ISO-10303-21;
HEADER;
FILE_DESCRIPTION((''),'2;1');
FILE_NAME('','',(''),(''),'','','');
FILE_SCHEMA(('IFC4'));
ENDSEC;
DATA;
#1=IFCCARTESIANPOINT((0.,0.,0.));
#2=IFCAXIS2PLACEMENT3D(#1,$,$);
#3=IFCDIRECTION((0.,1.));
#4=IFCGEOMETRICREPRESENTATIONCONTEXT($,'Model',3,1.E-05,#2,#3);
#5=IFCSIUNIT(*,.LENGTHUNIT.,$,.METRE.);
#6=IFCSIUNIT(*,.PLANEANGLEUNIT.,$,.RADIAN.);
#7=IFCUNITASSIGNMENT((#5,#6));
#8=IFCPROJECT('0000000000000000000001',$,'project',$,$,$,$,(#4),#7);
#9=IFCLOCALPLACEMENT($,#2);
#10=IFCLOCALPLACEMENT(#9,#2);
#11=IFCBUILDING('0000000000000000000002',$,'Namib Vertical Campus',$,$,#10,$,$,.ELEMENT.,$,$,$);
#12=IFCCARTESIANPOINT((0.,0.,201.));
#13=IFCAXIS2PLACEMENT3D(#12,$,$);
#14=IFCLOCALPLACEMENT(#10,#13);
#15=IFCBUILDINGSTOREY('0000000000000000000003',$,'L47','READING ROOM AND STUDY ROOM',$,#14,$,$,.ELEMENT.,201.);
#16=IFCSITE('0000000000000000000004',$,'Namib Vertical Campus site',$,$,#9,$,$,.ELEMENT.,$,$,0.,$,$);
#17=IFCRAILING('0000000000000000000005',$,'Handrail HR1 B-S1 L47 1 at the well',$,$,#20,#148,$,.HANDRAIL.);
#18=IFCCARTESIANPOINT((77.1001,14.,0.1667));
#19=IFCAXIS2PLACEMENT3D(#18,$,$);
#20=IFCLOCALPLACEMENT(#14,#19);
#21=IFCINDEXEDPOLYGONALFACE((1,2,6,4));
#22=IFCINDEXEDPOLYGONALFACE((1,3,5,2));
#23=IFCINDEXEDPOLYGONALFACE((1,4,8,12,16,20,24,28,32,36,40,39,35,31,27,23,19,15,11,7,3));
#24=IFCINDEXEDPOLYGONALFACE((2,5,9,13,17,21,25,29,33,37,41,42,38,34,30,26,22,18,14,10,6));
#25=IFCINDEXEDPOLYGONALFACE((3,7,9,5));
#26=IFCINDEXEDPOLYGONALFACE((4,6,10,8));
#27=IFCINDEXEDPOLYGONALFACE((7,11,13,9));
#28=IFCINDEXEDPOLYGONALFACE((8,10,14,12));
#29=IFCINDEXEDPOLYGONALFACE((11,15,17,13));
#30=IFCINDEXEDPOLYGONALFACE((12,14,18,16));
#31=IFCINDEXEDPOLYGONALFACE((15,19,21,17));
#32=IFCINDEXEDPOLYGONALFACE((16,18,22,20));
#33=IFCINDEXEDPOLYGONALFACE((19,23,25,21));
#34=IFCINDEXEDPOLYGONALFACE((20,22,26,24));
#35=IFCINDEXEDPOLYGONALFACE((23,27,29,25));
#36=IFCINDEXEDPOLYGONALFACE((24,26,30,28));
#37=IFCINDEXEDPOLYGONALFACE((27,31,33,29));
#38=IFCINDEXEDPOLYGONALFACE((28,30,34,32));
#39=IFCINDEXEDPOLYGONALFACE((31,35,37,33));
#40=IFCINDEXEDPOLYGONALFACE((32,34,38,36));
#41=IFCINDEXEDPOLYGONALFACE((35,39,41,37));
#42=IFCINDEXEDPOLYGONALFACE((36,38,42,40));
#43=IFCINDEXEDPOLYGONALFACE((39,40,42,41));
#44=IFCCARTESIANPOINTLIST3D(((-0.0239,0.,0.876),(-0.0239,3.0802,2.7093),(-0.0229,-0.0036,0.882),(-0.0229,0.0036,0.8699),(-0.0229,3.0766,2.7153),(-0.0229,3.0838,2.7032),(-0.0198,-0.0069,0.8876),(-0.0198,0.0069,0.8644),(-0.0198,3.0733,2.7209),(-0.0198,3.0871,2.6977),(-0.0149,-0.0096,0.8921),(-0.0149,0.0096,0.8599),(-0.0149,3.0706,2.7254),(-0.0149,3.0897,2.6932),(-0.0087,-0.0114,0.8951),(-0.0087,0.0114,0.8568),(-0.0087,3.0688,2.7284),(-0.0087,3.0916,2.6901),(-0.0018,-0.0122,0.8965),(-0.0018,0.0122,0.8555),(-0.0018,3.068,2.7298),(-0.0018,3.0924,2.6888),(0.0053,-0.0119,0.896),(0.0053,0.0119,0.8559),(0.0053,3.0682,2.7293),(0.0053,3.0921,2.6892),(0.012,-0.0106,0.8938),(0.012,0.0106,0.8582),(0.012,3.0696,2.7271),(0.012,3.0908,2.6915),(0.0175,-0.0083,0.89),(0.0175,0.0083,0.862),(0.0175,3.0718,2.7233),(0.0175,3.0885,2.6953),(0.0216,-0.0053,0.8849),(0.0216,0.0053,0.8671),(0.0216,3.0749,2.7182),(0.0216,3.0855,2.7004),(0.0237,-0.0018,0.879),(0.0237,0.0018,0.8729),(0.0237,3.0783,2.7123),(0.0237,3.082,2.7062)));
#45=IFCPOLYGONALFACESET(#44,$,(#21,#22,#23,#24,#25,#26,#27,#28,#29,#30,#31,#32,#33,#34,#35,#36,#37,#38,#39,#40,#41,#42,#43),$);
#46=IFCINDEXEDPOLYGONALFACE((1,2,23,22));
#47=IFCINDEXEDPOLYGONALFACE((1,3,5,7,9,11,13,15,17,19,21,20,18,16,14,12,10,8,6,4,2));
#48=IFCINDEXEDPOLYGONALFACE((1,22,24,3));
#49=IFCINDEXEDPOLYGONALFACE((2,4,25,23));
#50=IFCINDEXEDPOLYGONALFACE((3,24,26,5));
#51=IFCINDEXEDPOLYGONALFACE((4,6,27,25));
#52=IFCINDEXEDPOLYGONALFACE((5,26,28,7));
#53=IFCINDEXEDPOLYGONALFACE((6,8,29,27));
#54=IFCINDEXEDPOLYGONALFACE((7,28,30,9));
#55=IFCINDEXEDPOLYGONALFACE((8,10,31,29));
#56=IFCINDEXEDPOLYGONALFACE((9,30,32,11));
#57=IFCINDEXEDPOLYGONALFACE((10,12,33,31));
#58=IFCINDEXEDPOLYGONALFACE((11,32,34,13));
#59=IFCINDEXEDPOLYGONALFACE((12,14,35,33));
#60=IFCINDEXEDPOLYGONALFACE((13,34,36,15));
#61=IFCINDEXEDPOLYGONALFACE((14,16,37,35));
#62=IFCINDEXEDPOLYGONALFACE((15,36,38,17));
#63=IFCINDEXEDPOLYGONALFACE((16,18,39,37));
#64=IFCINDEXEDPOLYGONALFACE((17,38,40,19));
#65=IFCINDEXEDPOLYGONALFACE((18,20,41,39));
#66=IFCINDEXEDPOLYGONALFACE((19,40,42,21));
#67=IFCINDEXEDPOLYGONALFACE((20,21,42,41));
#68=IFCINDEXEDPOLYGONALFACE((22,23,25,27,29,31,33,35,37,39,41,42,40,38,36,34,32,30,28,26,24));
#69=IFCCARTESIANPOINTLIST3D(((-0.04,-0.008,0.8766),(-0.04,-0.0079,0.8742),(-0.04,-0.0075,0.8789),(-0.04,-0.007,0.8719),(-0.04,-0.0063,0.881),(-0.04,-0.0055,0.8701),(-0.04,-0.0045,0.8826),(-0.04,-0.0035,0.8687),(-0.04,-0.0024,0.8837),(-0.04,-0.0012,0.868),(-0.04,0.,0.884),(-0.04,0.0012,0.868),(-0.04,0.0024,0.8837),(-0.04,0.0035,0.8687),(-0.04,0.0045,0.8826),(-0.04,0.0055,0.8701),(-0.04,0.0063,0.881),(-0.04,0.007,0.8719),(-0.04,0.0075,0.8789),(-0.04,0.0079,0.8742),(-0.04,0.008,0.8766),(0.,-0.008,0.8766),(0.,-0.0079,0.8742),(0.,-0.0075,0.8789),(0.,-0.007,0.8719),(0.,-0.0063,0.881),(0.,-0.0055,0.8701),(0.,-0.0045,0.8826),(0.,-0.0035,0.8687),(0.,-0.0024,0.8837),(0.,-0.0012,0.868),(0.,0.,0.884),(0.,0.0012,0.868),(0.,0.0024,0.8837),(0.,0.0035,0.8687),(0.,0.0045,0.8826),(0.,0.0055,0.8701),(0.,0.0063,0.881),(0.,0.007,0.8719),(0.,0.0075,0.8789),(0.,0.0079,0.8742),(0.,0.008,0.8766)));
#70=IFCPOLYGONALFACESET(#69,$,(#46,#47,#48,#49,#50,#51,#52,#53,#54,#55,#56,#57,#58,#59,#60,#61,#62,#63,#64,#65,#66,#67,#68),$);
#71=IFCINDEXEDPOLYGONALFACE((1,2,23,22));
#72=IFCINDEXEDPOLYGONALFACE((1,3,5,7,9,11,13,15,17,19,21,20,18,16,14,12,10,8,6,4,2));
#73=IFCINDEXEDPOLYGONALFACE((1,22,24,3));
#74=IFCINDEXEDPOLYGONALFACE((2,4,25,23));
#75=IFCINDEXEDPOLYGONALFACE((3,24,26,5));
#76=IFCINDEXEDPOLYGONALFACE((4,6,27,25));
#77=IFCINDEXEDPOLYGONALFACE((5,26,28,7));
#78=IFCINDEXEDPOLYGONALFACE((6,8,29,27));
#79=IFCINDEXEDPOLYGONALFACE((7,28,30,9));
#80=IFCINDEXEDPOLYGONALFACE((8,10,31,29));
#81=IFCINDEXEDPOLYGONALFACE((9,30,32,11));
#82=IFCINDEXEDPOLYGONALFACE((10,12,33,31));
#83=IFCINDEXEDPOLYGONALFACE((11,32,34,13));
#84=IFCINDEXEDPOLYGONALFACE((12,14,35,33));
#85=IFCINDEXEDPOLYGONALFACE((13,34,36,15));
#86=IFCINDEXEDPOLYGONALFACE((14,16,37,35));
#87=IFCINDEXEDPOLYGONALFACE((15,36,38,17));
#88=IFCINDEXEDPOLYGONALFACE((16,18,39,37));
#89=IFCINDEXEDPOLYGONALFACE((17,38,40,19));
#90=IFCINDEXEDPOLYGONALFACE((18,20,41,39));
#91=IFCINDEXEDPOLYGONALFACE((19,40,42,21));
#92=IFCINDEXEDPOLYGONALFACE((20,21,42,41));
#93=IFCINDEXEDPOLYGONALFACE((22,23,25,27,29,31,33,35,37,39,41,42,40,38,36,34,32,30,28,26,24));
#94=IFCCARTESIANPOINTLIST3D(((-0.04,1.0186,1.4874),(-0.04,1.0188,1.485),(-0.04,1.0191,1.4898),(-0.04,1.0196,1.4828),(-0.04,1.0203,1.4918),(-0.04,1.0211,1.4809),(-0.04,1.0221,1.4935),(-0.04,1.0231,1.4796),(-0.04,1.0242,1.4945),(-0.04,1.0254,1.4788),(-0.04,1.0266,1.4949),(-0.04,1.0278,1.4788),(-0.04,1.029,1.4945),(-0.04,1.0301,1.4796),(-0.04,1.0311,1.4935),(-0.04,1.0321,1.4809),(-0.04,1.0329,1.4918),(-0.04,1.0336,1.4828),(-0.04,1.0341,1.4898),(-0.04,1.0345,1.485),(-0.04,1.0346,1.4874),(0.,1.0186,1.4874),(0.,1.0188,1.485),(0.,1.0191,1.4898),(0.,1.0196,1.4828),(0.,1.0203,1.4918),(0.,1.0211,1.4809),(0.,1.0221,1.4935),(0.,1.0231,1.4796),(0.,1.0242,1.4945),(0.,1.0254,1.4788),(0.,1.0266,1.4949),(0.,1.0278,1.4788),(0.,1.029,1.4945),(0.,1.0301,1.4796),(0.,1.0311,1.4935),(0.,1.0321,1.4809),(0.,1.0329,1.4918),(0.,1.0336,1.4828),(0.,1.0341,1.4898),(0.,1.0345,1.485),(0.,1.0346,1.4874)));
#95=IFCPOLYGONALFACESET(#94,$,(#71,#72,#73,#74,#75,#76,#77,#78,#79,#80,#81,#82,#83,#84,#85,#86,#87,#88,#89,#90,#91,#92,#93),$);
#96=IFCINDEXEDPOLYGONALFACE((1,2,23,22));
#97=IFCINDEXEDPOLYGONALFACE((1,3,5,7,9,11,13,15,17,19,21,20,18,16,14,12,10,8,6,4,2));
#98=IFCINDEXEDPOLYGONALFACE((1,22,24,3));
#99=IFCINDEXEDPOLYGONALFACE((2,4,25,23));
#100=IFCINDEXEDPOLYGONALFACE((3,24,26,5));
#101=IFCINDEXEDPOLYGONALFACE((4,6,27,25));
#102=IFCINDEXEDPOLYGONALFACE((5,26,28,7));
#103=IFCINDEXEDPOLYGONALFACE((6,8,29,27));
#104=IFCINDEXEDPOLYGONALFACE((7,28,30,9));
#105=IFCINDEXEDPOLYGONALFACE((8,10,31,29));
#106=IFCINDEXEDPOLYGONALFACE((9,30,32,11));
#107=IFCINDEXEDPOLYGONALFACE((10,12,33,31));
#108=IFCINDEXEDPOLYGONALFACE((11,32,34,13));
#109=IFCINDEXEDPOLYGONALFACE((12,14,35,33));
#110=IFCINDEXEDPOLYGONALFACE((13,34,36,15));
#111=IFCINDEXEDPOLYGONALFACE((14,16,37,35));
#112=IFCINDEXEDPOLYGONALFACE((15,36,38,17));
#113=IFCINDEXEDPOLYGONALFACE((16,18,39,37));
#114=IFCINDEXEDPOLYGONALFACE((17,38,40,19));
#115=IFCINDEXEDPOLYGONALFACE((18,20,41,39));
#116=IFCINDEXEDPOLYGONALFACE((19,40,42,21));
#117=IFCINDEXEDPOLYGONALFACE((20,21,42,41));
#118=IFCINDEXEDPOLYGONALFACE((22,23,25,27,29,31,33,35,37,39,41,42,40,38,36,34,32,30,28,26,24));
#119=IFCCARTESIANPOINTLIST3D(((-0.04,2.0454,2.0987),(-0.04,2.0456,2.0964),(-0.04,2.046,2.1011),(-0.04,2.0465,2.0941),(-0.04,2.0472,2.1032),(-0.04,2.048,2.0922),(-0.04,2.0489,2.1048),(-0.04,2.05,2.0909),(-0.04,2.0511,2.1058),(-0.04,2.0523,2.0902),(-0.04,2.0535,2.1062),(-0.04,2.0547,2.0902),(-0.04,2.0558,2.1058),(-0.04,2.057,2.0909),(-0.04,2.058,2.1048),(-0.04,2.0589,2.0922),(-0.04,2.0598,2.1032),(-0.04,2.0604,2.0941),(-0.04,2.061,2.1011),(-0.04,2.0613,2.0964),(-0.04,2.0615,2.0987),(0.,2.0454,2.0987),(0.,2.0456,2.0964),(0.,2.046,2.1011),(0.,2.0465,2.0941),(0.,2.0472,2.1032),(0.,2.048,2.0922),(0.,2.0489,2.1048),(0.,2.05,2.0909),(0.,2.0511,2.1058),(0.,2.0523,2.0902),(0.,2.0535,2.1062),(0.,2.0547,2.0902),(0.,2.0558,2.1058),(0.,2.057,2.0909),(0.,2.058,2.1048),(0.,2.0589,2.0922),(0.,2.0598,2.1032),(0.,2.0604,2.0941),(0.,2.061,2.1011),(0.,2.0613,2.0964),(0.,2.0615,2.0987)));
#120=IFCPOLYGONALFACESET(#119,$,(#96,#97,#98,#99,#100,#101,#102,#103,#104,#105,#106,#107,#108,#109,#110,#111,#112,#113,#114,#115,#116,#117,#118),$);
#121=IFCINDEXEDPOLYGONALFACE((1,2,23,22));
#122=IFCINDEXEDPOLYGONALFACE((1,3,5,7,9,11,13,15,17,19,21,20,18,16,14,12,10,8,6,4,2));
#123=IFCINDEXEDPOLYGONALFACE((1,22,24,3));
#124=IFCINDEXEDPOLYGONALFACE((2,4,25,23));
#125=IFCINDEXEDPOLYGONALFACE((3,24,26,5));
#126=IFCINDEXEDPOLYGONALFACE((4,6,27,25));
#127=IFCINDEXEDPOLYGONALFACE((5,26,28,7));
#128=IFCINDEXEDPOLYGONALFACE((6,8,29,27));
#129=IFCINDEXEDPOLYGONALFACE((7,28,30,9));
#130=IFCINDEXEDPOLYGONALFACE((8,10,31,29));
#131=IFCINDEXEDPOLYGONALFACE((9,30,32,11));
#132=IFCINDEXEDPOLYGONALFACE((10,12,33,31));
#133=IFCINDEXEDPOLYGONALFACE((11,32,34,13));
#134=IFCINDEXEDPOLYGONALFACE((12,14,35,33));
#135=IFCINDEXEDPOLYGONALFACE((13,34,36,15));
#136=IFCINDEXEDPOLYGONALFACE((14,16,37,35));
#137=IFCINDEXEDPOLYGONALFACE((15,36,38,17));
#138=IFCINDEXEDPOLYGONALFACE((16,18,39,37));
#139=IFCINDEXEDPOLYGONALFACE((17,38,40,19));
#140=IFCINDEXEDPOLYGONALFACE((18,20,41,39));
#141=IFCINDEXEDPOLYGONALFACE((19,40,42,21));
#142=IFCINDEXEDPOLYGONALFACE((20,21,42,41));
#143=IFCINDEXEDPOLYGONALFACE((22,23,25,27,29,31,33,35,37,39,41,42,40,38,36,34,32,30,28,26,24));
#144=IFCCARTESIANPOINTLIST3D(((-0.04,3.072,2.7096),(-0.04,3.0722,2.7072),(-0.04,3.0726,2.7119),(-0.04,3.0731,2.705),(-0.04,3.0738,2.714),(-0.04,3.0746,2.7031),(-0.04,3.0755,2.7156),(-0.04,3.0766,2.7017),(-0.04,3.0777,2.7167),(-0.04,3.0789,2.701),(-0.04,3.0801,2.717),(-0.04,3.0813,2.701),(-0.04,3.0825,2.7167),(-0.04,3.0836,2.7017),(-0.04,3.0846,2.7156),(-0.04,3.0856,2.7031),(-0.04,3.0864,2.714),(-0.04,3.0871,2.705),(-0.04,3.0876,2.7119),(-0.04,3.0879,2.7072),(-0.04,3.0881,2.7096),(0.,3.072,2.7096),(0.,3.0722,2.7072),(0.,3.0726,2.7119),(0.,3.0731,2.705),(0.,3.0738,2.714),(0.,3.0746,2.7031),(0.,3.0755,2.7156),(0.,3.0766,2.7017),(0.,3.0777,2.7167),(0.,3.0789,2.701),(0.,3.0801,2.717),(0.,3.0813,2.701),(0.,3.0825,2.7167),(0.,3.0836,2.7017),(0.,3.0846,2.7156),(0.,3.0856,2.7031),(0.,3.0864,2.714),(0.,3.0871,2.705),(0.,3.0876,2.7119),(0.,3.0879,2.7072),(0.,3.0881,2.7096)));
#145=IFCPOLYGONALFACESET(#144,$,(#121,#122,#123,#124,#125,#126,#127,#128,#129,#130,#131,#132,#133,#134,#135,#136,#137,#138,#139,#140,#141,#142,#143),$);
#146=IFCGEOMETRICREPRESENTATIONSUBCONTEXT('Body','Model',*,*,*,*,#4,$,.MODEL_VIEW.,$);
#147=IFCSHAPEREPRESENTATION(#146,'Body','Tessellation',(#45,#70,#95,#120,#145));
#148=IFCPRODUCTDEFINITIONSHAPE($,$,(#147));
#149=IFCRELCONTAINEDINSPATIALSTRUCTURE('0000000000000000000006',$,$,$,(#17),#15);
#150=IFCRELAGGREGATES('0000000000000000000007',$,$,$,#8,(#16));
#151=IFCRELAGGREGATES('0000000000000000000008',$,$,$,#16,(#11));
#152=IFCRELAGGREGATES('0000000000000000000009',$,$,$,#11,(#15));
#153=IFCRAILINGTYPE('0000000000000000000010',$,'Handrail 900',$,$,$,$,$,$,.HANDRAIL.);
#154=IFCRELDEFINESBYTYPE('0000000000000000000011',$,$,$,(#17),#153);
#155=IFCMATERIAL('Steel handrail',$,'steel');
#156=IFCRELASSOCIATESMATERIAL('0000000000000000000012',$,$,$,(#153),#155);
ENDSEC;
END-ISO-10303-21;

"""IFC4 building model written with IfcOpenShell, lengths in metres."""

from ifc_helpers import new_model, si_unit, direction, frame, origin, origin_2d, place, context, subcontext, project, spatial, circle, extrude, material, type_object, element, save


model = new_model("IFC4")

# Units and contexts
model_context = context("Model", 3, precision=1e-05, world=origin(), true_north=direction((0.0, 1.0)))
body_context = subcontext(model_context, "Body", "Model", "MODEL_VIEW")
ifc_project = project(units=[si_unit("LENGTHUNIT", "METRE"), si_unit("PLANEANGLEUNIT", "RADIAN")], contexts=[model_context])

# Site, building, storey
site_placement = place(None, origin())
site = spatial("IfcSite", under=ifc_project, at=site_placement, Name="Namib Vertical Campus site", CompositionType="ELEMENT", RefElevation=0.0)
building_placement = place(site_placement, origin())
building = spatial("IfcBuilding", under=site, at=building_placement, Name="Namib Vertical Campus", CompositionType="ELEMENT")
storey_placement = place(building_placement, frame((0.0, 0.0, 201.0)))
storey = spatial("IfcBuildingStorey", under=building, at=storey_placement, Name="L47", Description="READING ROOM AND STUDY ROOM", CompositionType="ELEMENT", Elevation=201.0)

# Railing
ifc_material_1 = material(Name="Steel handrail", Category="steel")
railing_type_1 = type_object("IfcRailingType", Name="Handrail 900", PredefinedType="HANDRAIL", material=ifc_material_1)
railing_1_placement = place(storey_placement, frame((77.1001, 14.0, 0.1667)))
element("IfcRailing", 1, at=railing_1_placement, inside=storey, type_object=railing_type_1, Name="Handrail HR1 B-S1 L47 1 at the well", PredefinedType="HANDRAIL", context=body_context, shape_type="SweptSolid", body=[
    extrude(circle(Radius=0.0239, at=origin_2d()), frame((0.0, 0.0, 0.876), z_axis=(0.0, 0.859309, 0.511458), x_axis=(-1.0, 0.0, 0.0)), (0.0, 0.0, 1.0), 3.5845),
    extrude(circle(Radius=0.0081, at=origin_2d()), frame((0.0, 0.0, 0.876), z_axis=(-1.0, 0.0, 0.0), x_axis=(0.0, 0.0, 1.0)), (0.0, 0.0, 1.0), 0.04),
    extrude(circle(Radius=0.0081, at=origin_2d()), frame((0.0, 1.0266, 1.4868), z_axis=(-1.0, 0.0, 0.0), x_axis=(0.0, 0.0, 1.0)), (0.0, 0.0, 1.0), 0.04),
    extrude(circle(Radius=0.0081, at=origin_2d()), frame((0.0, 2.0535, 2.0981), z_axis=(-1.0, 0.0, 0.0), x_axis=(0.0, 0.0, 1.0)), (0.0, 0.0, 1.0), 0.04),
    extrude(circle(Radius=0.0081, at=origin_2d()), frame((0.0, 3.0801, 2.709), z_axis=(-1.0, 0.0, 0.0), x_axis=(0.0, 0.0, 1.0)), (0.0, 0.0, 1.0), 0.04),
])

save(model, "model.ifc")
